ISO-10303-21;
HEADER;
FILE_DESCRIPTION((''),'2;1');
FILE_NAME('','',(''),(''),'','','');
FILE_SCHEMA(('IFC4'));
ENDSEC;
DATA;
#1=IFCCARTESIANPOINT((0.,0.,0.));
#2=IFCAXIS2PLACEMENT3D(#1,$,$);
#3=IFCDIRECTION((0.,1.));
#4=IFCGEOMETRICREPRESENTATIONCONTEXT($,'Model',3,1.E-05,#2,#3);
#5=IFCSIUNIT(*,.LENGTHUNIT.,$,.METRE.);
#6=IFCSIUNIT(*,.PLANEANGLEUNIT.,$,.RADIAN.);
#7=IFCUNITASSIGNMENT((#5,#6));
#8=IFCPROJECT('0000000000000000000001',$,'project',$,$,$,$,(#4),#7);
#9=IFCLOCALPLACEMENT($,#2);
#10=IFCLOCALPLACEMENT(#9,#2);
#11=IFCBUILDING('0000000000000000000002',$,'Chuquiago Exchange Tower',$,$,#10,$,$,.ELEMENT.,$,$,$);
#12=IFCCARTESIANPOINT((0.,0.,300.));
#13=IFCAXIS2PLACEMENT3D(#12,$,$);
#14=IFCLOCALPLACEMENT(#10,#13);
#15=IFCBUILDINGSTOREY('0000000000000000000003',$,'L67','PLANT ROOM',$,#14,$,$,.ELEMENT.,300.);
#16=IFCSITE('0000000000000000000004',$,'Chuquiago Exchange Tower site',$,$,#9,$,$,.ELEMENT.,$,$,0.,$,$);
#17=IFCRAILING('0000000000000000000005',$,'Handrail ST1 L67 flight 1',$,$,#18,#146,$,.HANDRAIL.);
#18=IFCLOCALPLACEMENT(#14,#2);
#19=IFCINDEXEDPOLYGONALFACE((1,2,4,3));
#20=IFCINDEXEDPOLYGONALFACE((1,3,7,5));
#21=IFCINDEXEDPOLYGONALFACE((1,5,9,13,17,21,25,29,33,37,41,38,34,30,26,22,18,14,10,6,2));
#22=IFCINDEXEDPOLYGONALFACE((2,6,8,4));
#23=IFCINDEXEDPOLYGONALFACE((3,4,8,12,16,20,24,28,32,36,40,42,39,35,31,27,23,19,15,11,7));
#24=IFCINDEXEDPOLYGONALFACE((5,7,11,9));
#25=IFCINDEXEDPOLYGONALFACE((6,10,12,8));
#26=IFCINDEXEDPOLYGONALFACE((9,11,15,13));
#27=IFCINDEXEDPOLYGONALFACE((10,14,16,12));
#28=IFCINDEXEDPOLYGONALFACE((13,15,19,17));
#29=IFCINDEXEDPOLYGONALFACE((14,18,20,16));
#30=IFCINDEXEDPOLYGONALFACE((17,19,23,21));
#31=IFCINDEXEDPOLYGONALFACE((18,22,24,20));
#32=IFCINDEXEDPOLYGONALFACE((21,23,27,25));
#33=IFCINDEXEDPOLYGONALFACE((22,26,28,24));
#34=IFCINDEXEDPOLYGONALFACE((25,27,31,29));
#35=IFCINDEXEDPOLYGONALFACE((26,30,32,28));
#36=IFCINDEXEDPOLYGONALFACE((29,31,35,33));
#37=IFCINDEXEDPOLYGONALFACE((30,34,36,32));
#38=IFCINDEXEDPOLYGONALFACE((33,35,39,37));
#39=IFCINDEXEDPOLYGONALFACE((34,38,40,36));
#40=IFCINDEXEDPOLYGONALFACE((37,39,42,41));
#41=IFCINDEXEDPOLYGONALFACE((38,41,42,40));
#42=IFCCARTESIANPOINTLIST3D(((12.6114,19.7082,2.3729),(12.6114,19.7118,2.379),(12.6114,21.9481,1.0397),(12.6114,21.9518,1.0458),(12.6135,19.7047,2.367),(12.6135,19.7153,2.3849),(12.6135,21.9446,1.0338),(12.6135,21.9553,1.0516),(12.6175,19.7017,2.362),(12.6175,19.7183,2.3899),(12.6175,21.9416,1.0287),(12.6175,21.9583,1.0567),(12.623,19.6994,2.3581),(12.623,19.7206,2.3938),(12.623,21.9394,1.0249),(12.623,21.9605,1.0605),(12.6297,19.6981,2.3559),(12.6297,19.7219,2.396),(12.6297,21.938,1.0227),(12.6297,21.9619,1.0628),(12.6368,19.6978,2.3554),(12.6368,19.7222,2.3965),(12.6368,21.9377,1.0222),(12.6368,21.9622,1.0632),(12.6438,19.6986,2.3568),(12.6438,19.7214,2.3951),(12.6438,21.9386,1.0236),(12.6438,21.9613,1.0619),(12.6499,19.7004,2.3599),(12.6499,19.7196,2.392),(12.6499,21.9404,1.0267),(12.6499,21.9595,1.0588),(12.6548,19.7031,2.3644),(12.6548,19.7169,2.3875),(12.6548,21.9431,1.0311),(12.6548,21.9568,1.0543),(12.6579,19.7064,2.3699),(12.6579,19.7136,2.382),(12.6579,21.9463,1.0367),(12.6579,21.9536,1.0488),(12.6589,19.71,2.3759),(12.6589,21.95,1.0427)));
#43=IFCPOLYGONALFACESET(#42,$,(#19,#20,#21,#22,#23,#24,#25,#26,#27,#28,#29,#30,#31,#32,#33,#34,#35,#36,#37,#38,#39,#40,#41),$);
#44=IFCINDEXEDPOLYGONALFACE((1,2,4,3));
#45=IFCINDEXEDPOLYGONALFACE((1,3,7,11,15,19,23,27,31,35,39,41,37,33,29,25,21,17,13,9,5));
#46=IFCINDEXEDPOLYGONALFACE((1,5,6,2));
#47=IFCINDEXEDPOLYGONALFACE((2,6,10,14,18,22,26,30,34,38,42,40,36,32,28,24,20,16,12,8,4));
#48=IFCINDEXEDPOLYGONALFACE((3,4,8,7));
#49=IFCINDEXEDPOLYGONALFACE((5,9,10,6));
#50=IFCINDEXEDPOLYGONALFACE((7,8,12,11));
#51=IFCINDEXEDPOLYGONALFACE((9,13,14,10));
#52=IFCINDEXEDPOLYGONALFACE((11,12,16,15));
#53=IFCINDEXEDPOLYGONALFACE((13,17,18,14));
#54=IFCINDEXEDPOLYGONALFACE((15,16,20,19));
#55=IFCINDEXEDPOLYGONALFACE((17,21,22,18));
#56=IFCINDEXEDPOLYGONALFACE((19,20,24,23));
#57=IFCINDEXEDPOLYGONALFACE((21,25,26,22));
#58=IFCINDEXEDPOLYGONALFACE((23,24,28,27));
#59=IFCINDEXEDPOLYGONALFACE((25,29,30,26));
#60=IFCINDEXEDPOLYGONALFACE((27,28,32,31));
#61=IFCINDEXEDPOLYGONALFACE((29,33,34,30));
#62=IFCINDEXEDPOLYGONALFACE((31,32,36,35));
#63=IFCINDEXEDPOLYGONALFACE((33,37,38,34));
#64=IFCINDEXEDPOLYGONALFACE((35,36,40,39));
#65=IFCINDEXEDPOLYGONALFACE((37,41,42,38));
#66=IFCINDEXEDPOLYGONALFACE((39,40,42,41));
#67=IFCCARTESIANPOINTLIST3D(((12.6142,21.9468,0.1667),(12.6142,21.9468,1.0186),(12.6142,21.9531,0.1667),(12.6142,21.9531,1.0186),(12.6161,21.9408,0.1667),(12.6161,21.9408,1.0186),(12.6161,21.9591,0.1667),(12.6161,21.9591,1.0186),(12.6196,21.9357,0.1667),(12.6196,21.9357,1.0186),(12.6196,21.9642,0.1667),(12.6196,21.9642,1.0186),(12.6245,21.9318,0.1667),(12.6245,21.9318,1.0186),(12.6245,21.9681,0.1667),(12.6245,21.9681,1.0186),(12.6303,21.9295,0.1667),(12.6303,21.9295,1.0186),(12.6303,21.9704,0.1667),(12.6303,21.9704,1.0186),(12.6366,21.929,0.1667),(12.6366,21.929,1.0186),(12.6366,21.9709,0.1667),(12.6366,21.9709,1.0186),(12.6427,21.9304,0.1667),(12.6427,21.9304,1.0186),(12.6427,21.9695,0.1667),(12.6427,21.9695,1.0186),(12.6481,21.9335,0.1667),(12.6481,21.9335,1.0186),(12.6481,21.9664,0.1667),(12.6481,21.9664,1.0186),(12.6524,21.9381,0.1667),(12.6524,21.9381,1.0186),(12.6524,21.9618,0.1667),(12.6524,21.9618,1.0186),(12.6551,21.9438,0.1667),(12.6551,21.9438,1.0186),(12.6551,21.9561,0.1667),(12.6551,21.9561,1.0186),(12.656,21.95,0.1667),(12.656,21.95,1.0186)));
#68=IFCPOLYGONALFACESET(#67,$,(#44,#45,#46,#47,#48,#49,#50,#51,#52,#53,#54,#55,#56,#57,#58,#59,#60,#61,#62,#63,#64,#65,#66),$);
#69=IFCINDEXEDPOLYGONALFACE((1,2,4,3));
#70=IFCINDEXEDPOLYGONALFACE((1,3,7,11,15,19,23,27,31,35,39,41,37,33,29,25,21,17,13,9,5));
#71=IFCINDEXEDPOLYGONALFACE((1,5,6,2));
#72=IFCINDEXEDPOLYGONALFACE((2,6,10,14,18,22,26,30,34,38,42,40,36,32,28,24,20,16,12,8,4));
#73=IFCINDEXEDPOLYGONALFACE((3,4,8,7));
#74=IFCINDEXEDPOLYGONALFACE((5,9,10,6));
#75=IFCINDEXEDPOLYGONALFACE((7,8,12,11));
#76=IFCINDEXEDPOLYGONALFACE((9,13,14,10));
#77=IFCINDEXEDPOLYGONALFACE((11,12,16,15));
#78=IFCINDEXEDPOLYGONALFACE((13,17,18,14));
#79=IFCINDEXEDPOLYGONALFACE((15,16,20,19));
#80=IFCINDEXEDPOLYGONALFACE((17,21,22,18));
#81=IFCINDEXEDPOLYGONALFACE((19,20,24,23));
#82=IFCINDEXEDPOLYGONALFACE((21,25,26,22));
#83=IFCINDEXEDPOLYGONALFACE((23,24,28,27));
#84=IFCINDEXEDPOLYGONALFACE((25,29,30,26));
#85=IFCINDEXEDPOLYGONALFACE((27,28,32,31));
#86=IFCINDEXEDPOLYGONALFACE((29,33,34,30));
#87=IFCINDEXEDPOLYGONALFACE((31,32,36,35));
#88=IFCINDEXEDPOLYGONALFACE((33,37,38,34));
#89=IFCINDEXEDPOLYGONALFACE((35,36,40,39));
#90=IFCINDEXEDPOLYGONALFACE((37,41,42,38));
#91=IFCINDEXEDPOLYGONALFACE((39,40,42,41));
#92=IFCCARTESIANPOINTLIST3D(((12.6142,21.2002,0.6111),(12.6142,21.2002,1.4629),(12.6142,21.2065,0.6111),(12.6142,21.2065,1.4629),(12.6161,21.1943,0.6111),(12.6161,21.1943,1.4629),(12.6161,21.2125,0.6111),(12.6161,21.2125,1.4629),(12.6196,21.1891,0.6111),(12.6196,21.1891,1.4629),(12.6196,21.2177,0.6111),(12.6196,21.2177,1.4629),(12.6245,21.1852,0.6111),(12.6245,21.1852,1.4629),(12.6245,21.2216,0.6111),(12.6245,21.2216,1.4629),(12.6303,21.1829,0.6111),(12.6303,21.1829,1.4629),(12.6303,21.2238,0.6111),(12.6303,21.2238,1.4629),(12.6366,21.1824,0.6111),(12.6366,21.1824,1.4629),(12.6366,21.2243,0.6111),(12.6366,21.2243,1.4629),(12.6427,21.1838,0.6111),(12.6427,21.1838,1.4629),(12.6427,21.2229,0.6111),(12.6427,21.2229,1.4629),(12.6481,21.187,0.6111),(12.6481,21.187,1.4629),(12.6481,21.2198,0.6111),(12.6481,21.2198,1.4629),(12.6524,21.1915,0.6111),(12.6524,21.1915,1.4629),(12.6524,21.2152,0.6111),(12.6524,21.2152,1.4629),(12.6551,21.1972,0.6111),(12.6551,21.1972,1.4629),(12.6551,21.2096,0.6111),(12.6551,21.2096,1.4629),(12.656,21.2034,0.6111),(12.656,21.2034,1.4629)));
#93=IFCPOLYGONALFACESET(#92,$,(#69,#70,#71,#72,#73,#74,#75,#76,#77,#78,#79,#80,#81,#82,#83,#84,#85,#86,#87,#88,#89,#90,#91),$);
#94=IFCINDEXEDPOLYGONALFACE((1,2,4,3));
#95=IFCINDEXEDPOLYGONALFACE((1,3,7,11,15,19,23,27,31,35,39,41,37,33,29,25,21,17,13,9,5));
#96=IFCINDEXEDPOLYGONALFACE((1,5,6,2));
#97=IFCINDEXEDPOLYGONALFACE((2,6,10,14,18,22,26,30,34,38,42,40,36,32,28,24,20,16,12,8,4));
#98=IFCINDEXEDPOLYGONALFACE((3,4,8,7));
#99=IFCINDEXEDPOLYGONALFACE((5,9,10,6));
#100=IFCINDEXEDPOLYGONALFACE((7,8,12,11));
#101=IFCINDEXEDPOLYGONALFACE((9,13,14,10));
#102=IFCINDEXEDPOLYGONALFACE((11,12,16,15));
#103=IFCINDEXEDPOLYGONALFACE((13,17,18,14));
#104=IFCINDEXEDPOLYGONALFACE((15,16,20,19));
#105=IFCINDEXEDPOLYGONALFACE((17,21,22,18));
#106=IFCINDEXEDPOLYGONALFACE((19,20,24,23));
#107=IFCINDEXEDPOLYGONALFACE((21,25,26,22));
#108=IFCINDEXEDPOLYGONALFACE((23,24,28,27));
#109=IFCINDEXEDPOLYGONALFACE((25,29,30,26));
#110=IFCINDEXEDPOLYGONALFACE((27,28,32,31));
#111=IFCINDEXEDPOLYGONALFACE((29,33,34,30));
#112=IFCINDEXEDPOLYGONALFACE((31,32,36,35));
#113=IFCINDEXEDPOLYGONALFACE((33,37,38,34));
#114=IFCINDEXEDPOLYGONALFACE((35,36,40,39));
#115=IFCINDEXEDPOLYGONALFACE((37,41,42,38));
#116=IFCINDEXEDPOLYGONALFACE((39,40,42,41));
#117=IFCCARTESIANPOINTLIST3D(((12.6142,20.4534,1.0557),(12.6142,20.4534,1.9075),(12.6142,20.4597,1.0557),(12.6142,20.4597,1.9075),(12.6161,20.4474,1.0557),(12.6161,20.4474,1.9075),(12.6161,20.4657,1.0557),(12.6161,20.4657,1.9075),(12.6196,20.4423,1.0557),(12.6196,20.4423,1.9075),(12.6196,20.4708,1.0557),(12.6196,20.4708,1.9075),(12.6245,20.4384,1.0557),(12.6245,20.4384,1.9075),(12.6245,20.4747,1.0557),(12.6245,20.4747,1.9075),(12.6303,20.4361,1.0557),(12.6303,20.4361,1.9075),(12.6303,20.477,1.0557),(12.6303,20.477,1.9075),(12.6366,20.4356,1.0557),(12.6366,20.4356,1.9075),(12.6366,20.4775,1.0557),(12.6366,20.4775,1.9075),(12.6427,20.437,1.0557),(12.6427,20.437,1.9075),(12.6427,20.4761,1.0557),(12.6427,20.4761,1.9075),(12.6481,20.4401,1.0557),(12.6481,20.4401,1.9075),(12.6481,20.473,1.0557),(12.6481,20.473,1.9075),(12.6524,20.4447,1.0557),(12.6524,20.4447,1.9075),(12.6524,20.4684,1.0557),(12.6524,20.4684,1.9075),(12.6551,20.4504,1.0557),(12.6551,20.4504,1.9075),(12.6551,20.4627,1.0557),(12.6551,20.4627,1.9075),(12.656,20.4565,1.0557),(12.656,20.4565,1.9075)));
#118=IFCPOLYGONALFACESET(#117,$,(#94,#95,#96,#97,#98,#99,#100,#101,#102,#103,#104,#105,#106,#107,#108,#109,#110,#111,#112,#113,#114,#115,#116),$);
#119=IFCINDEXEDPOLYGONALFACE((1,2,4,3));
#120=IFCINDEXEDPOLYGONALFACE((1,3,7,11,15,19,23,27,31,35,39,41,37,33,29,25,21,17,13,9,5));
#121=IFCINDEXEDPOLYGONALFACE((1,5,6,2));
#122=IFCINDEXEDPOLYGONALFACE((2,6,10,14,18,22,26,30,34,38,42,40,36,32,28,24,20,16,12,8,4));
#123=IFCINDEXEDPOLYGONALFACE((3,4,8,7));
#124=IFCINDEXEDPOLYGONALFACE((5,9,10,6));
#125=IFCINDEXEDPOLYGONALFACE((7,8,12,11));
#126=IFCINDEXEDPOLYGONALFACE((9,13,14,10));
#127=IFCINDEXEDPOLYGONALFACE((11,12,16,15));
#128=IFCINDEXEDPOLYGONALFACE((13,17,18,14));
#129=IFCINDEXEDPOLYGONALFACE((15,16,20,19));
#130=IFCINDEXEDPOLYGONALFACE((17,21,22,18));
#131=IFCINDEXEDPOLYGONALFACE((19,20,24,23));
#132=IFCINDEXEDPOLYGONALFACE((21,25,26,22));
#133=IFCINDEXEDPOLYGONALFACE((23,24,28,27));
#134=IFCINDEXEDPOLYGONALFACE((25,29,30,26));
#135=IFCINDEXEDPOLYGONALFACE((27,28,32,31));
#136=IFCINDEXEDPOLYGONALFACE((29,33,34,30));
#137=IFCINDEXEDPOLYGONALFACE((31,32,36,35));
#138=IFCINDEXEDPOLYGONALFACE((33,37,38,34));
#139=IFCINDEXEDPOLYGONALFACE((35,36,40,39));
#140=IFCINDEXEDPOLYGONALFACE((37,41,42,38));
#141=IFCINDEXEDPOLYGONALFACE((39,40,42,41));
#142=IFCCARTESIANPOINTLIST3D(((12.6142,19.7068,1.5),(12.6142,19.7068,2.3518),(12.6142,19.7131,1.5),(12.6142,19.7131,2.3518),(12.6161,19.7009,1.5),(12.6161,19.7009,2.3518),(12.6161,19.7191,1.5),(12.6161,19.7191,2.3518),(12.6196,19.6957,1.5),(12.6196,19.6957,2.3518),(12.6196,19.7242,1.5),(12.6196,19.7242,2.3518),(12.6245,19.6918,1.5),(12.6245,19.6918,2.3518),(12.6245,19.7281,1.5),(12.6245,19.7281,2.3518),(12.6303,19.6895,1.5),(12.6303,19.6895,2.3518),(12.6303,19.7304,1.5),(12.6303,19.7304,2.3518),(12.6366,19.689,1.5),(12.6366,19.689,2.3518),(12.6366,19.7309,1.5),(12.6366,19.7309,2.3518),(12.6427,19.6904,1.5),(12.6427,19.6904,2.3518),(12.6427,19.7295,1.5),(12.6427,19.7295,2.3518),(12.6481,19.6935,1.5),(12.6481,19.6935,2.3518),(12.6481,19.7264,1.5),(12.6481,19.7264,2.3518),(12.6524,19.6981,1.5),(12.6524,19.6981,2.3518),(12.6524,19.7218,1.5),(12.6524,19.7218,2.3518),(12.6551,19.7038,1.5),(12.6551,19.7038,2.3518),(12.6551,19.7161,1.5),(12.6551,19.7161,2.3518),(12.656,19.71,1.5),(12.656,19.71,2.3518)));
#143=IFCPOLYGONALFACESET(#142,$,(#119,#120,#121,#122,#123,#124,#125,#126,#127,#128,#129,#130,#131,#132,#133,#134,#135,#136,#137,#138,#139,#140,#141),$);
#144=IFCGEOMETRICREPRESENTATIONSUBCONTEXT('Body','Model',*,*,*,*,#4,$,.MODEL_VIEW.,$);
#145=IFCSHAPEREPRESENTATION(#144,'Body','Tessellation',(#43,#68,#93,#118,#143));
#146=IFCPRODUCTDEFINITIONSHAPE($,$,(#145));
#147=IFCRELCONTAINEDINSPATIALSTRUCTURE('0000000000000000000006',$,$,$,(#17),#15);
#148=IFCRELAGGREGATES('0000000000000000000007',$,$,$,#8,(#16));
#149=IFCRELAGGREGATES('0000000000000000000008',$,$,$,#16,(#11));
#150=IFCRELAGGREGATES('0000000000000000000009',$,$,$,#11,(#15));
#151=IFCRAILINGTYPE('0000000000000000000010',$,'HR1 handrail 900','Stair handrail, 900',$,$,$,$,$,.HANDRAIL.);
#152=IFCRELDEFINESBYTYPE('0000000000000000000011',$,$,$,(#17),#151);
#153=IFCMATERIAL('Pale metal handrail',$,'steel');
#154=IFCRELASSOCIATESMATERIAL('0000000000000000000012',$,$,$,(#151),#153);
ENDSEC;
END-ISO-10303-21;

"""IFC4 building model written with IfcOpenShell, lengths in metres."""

from ifc_helpers import new_model, si_unit, direction, frame, origin, origin_2d, place, context, subcontext, project, spatial, circle, extrude, material, type_object, element, save


model = new_model("IFC4")

# Units and contexts
model_context = context("Model", 3, precision=1e-05, world=origin(), true_north=direction((0.0, 1.0)))
body_context = subcontext(model_context, "Body", "Model", "MODEL_VIEW")
ifc_project = project(units=[si_unit("LENGTHUNIT", "METRE"), si_unit("PLANEANGLEUNIT", "RADIAN")], contexts=[model_context])

# Site, building, storey
site_placement = place(None, origin())
site = spatial("IfcSite", under=ifc_project, at=site_placement, Name="Chuquiago Exchange Tower site", CompositionType="ELEMENT", RefElevation=0.0)
building_placement = place(site_placement, origin())
building = spatial("IfcBuilding", under=site, at=building_placement, Name="Chuquiago Exchange Tower", CompositionType="ELEMENT")
storey_placement = place(building_placement, frame((0.0, 0.0, 300.0)))
storey = spatial("IfcBuildingStorey", under=building, at=storey_placement, Name="L67", Description="PLANT ROOM", CompositionType="ELEMENT", Elevation=300.0)

# Railing
ifc_material_1 = material(Name="Pale metal handrail", Category="steel")
railing_type = type_object("IfcRailingType", Name="HR1 handrail 900", Description="Stair handrail, 900", PredefinedType="HANDRAIL", material=ifc_material_1)
for number, where, name in (
    (1, (12.635, 21.95, 0.1667), "Handrail ST1 L67 flight 1"),
):
    element("IfcRailing", number, at=place(storey_placement, frame(where)), inside=storey, type_object=railing_type, Name=name, PredefinedType="HANDRAIL", context=body_context, shape_type="SweptSolid", body=[
        extrude(circle(Radius=0.0239, at=origin_2d()), frame((0.0, 0.0, 0.876), z_axis=(0.0, -0.859306, 0.511462), x_axis=(1.0, 0.0, 0.0)), (0.0, 0.0, 1.0), 2.6067),
        extrude(circle(Radius=0.021, at=origin_2d()), origin(), (0.0, 0.0, 1.0), 0.8518),
        extrude(circle(Radius=0.021, at=origin_2d()), frame((0.0, -0.7466, 0.4443)), (0.0, 0.0, 1.0), 0.8518),
        extrude(circle(Radius=0.021, at=origin_2d()), frame((0.0, -1.4934, 0.8889)), (0.0, 0.0, 1.0), 0.8518),
        extrude(circle(Radius=0.021, at=origin_2d()), frame((0.0, -2.24, 1.3333)), (0.0, 0.0, 1.0), 0.8518),
    ])

save(model, "model.ifc")
